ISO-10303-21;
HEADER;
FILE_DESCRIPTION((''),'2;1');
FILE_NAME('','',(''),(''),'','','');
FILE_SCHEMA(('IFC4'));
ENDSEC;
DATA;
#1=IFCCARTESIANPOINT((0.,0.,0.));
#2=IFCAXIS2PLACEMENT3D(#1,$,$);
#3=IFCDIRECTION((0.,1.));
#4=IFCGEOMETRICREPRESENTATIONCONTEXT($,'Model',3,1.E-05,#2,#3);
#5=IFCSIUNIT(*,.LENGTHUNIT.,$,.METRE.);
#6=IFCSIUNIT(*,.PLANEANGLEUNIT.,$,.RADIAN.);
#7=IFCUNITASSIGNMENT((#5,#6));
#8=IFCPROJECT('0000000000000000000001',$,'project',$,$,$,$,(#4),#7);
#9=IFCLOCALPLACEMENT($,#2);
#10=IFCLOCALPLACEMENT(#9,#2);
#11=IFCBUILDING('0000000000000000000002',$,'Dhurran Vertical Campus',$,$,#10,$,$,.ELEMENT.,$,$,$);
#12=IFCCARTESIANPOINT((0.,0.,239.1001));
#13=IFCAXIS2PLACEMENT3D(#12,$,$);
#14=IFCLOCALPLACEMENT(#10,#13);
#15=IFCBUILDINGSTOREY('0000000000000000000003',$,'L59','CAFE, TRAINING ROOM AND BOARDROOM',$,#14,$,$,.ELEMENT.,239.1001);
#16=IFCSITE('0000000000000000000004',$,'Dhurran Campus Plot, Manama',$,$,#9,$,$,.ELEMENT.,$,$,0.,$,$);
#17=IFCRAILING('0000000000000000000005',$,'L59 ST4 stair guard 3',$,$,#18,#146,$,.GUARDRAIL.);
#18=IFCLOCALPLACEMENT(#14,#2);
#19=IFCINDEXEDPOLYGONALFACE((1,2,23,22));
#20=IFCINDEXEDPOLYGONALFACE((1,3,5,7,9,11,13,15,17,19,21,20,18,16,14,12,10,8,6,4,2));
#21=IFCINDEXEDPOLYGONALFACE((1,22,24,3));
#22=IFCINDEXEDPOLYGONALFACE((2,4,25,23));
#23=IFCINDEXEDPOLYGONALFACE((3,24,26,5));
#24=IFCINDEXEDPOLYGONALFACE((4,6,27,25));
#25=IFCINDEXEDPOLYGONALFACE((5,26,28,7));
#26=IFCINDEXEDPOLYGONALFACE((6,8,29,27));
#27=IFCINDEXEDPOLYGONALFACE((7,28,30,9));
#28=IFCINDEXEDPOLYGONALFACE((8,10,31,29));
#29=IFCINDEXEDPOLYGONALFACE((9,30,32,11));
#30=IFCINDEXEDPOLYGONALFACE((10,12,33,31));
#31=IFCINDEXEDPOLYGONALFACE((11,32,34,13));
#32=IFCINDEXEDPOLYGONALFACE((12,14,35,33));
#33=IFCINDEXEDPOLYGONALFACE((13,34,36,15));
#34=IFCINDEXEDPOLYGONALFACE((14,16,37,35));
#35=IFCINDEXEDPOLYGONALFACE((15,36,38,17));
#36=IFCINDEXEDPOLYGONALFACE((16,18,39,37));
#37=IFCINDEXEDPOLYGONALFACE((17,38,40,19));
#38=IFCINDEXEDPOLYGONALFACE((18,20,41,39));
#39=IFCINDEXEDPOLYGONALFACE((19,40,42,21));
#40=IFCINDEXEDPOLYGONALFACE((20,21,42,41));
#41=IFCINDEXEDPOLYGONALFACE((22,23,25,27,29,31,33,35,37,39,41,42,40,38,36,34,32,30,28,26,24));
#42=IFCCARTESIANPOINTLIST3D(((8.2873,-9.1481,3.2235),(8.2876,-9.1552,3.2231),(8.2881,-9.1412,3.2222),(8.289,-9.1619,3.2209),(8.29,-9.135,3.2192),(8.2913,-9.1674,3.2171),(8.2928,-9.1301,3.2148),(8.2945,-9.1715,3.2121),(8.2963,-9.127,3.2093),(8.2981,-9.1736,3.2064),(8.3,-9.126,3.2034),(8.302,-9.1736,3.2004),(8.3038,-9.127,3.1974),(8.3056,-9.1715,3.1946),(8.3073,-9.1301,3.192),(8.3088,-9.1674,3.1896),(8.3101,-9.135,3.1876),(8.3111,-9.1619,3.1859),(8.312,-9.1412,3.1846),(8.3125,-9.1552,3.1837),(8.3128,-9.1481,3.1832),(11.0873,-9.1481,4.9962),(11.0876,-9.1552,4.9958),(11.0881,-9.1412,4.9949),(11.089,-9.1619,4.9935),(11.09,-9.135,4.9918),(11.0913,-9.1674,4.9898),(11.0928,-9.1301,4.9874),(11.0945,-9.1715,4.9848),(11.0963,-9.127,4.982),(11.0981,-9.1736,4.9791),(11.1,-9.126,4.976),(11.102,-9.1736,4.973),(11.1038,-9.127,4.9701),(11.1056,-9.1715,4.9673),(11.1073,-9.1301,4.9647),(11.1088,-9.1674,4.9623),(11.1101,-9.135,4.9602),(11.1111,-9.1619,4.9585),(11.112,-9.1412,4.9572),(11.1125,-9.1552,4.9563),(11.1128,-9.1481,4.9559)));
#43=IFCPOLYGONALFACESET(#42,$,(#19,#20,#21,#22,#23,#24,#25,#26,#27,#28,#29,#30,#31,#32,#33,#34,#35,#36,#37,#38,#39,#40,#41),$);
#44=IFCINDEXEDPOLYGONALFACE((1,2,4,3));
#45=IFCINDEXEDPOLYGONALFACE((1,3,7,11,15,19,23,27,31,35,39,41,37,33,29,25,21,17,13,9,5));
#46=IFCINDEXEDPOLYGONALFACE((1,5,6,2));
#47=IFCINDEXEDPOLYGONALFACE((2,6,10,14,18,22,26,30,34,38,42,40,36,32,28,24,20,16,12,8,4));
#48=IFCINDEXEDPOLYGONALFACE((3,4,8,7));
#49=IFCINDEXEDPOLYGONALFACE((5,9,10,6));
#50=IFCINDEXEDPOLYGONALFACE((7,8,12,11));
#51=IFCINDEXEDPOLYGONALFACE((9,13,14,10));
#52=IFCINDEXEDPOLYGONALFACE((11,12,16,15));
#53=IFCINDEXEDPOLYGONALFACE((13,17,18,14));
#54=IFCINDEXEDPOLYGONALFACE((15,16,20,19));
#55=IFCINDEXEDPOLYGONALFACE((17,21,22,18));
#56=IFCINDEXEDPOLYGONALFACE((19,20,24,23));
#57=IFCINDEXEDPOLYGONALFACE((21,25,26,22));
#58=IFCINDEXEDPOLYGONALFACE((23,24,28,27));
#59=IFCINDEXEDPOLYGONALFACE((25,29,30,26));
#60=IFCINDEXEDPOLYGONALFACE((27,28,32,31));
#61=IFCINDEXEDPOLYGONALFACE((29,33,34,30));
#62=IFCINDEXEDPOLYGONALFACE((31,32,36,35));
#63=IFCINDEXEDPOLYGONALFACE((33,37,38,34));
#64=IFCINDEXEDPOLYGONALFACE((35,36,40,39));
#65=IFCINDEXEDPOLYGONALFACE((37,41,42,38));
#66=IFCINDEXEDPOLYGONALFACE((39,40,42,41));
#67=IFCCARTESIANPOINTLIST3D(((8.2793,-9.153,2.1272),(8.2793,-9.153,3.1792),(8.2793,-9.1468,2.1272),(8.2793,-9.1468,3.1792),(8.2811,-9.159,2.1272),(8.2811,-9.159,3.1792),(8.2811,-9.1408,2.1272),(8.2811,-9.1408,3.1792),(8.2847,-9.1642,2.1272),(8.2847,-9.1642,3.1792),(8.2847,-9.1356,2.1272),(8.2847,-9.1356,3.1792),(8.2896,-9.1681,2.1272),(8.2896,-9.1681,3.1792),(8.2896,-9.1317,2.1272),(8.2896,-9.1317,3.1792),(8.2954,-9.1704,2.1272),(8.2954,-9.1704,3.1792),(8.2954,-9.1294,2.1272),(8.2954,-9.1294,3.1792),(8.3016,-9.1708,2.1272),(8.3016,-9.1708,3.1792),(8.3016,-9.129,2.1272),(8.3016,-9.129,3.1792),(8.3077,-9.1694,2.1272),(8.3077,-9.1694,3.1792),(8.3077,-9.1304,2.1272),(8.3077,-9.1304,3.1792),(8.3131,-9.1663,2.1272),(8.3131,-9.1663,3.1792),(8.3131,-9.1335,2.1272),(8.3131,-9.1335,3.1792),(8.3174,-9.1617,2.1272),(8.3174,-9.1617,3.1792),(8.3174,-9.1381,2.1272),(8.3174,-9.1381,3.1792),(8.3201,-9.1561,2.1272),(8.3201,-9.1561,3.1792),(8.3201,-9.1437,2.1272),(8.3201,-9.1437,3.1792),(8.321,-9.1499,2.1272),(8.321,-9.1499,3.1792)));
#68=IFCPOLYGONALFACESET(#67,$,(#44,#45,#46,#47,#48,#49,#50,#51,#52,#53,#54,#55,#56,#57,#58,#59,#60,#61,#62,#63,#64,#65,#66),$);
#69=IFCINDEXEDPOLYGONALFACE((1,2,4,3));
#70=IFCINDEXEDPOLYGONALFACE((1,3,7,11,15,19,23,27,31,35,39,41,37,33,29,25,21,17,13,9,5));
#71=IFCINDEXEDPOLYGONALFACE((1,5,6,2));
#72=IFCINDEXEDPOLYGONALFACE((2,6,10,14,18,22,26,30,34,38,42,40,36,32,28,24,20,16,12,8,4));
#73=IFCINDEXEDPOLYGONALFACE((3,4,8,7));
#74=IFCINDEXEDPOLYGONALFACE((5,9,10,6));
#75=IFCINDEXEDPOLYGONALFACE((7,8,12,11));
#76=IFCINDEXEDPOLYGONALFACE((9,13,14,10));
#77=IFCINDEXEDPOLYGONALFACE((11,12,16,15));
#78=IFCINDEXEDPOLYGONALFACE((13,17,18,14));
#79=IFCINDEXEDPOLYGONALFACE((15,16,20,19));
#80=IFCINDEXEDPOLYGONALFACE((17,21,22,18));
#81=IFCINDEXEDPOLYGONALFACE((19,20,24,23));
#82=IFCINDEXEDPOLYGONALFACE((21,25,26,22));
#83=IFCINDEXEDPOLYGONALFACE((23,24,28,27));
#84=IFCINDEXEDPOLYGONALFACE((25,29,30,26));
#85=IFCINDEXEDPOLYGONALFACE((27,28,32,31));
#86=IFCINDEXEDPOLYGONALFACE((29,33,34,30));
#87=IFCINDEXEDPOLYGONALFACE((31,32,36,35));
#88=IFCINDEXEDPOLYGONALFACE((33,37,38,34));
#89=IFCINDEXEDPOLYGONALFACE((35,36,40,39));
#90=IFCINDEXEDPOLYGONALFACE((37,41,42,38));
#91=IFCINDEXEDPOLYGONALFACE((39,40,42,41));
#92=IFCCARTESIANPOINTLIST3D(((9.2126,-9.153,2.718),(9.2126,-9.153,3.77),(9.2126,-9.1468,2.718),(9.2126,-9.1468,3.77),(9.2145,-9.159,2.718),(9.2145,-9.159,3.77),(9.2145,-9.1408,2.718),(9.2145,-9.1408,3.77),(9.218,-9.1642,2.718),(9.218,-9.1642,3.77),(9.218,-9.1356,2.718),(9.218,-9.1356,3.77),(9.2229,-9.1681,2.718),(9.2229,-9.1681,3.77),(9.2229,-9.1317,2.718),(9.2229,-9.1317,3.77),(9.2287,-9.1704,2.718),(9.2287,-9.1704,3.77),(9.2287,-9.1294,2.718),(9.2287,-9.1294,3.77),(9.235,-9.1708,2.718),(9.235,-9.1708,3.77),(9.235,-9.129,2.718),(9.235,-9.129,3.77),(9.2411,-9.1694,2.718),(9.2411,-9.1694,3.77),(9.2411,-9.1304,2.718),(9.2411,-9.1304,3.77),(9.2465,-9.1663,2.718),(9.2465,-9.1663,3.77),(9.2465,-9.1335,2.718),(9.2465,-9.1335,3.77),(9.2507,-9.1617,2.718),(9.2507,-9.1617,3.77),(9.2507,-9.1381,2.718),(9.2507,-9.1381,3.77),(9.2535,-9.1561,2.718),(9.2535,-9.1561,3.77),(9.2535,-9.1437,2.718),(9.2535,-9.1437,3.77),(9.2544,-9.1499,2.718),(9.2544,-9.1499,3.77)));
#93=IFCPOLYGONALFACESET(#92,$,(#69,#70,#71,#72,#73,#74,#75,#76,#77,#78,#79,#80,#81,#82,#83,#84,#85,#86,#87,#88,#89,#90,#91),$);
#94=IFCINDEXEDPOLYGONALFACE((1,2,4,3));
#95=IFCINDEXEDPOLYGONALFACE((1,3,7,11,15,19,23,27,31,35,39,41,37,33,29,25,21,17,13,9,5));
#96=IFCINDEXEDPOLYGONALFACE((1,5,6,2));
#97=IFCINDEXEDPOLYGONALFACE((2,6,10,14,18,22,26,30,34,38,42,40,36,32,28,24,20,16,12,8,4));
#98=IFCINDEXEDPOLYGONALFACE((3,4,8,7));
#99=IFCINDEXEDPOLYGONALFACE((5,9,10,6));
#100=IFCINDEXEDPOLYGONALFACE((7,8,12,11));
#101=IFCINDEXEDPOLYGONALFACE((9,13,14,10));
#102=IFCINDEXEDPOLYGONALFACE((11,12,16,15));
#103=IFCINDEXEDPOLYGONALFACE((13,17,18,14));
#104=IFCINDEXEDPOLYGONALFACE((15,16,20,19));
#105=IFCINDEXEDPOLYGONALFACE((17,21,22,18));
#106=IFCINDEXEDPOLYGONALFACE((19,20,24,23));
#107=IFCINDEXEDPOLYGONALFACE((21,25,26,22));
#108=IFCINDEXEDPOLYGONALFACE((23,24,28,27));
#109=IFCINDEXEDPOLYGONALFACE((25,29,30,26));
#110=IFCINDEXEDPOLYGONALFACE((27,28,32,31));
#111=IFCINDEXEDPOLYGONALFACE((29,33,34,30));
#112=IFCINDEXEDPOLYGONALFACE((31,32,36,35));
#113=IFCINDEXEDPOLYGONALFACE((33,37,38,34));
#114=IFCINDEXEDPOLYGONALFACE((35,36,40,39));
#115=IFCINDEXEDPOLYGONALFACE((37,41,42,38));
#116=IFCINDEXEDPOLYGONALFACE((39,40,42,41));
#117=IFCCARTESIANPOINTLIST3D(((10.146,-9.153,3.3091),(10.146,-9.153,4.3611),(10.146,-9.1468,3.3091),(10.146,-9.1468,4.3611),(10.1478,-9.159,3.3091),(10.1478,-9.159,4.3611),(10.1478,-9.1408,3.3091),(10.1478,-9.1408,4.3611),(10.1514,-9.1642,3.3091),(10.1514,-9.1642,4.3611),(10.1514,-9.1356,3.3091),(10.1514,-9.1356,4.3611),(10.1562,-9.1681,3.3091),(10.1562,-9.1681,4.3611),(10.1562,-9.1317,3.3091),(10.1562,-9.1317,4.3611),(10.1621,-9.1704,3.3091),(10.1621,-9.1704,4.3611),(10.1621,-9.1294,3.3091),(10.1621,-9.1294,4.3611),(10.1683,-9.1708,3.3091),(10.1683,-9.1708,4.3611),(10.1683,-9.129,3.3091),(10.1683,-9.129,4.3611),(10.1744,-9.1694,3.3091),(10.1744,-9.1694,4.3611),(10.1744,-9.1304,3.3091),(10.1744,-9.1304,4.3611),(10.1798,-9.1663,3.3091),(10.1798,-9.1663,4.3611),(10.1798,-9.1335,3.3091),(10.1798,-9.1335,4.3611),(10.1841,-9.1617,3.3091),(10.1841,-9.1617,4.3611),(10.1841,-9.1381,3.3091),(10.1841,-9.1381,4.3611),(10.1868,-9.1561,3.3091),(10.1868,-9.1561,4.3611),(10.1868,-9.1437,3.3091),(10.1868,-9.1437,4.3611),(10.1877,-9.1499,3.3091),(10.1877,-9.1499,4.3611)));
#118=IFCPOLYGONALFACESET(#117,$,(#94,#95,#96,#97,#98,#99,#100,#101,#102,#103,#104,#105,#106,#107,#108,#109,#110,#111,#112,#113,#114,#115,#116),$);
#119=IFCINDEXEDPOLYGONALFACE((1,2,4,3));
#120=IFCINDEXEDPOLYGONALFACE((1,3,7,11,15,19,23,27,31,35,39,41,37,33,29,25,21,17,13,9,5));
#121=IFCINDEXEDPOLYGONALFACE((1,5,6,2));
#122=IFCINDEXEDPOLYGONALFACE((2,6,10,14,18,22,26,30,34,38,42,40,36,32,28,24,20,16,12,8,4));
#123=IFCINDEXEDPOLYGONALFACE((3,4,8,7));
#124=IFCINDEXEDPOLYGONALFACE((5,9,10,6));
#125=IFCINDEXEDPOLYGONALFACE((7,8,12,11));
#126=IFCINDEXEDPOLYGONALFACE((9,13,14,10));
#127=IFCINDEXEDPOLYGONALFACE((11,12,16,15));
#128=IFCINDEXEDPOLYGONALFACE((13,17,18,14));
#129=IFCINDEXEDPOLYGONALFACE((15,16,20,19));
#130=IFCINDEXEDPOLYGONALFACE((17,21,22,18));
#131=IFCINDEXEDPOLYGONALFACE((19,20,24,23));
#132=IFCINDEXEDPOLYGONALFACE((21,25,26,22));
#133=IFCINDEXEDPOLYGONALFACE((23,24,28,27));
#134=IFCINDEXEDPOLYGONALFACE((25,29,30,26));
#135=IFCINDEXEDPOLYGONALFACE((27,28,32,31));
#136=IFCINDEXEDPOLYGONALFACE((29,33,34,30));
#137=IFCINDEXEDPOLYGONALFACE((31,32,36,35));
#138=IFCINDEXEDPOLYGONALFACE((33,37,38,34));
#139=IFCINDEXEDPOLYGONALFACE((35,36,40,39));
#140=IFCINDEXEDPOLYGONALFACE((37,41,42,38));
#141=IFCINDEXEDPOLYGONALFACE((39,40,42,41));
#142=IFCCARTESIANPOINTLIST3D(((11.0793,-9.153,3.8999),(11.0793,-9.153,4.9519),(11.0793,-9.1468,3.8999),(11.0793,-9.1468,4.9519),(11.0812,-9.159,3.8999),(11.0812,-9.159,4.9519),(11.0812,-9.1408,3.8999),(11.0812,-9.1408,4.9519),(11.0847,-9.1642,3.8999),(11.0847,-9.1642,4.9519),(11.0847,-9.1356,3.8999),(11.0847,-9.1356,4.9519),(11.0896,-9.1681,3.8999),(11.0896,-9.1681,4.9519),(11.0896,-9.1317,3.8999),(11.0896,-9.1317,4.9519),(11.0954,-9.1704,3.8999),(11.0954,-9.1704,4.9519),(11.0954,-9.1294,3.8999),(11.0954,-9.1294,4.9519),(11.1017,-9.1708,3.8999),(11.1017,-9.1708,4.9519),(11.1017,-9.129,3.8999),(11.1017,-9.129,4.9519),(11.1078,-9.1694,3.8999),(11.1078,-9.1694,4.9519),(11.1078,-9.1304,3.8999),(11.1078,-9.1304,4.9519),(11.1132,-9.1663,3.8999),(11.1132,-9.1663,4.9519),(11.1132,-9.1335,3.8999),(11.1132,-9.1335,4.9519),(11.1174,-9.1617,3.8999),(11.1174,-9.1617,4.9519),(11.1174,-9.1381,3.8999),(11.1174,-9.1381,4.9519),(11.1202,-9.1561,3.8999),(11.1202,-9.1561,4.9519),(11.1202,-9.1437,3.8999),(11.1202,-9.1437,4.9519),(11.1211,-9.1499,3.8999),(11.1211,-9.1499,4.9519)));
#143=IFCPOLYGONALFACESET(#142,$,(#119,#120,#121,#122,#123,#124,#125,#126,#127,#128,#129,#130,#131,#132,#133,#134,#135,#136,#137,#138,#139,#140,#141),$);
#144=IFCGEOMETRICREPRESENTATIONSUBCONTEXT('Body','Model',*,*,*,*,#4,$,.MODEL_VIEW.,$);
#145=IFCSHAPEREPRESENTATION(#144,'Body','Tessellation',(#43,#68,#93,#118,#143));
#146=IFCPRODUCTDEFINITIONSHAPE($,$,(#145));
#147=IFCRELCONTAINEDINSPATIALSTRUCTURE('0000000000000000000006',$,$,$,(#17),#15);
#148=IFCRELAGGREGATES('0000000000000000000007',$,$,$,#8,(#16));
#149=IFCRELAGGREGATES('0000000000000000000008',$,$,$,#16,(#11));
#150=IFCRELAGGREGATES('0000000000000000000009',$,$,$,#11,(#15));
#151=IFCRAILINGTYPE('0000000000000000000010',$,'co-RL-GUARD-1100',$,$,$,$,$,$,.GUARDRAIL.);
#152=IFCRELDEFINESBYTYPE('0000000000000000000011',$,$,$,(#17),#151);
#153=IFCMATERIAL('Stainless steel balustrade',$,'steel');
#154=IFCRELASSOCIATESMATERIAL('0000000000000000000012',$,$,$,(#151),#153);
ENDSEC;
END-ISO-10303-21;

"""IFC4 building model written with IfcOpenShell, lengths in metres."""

from ifc_helpers import new_model, si_unit, direction, frame, origin, origin_2d, place, context, subcontext, project, spatial, circle, extrude, material, type_object, element, save


model = new_model("IFC4")

# Units and contexts
model_context = context("Model", 3, precision=1e-05, world=origin(), true_north=direction((0.0, 1.0)))
body_context = subcontext(model_context, "Body", "Model", "MODEL_VIEW")
ifc_project = project(units=[si_unit("LENGTHUNIT", "METRE"), si_unit("PLANEANGLEUNIT", "RADIAN")], contexts=[model_context])

# Site, building, storey
site_placement = place(None, origin())
site = spatial("IfcSite", under=ifc_project, at=site_placement, Name="Dhurran Campus Plot, Manama", CompositionType="ELEMENT", RefElevation=0.0)
building_placement = place(site_placement, origin())
building = spatial("IfcBuilding", under=site, at=building_placement, Name="Dhurran Vertical Campus", CompositionType="ELEMENT")
storey_placement = place(building_placement, frame((0.0, 0.0, 239.1001)))
storey = spatial("IfcBuildingStorey", under=building, at=storey_placement, Name="L59", Description="CAFE, TRAINING ROOM AND BOARDROOM", CompositionType="ELEMENT", Elevation=239.1001)

# Railing
ifc_material_1 = material(Name="Stainless steel balustrade", Category="steel")
railing_type_1 = type_object("IfcRailingType", Name="co-RL-GUARD-1100", PredefinedType="GUARDRAIL", material=ifc_material_1)
railing_1_placement = place(storey_placement, frame((8.3, -9.1499, 2.1272)))
element("IfcRailing", 1, at=railing_1_placement, inside=storey, type_object=railing_type_1, Name="L59 ST4 stair guard 3", PredefinedType="GUARDRAIL", context=body_context, shape_type="SweptSolid", body=[
    extrude(circle(Radius=0.0239, at=origin_2d()), frame((0.0, 0.0, 1.0762), z_axis=(0.844909, 0.0, 0.53491), x_axis=(0.0, 1.0, 0.0)), (0.0, 0.0, 1.0), 3.314),
    extrude(circle(Radius=0.021, at=origin_2d()), origin(), (0.0, 0.0, 1.0), 1.052),
    extrude(circle(Radius=0.021, at=origin_2d()), frame((0.9333, 0.0, 0.5908)), (0.0, 0.0, 1.0), 1.052),
    extrude(circle(Radius=0.021, at=origin_2d()), frame((1.8667, 0.0, 1.1819)), (0.0, 0.0, 1.0), 1.052),
    extrude(circle(Radius=0.021, at=origin_2d()), frame((2.8, 0.0, 1.7727)), (0.0, 0.0, 1.0), 1.052),
])

save(model, "model.ifc")
